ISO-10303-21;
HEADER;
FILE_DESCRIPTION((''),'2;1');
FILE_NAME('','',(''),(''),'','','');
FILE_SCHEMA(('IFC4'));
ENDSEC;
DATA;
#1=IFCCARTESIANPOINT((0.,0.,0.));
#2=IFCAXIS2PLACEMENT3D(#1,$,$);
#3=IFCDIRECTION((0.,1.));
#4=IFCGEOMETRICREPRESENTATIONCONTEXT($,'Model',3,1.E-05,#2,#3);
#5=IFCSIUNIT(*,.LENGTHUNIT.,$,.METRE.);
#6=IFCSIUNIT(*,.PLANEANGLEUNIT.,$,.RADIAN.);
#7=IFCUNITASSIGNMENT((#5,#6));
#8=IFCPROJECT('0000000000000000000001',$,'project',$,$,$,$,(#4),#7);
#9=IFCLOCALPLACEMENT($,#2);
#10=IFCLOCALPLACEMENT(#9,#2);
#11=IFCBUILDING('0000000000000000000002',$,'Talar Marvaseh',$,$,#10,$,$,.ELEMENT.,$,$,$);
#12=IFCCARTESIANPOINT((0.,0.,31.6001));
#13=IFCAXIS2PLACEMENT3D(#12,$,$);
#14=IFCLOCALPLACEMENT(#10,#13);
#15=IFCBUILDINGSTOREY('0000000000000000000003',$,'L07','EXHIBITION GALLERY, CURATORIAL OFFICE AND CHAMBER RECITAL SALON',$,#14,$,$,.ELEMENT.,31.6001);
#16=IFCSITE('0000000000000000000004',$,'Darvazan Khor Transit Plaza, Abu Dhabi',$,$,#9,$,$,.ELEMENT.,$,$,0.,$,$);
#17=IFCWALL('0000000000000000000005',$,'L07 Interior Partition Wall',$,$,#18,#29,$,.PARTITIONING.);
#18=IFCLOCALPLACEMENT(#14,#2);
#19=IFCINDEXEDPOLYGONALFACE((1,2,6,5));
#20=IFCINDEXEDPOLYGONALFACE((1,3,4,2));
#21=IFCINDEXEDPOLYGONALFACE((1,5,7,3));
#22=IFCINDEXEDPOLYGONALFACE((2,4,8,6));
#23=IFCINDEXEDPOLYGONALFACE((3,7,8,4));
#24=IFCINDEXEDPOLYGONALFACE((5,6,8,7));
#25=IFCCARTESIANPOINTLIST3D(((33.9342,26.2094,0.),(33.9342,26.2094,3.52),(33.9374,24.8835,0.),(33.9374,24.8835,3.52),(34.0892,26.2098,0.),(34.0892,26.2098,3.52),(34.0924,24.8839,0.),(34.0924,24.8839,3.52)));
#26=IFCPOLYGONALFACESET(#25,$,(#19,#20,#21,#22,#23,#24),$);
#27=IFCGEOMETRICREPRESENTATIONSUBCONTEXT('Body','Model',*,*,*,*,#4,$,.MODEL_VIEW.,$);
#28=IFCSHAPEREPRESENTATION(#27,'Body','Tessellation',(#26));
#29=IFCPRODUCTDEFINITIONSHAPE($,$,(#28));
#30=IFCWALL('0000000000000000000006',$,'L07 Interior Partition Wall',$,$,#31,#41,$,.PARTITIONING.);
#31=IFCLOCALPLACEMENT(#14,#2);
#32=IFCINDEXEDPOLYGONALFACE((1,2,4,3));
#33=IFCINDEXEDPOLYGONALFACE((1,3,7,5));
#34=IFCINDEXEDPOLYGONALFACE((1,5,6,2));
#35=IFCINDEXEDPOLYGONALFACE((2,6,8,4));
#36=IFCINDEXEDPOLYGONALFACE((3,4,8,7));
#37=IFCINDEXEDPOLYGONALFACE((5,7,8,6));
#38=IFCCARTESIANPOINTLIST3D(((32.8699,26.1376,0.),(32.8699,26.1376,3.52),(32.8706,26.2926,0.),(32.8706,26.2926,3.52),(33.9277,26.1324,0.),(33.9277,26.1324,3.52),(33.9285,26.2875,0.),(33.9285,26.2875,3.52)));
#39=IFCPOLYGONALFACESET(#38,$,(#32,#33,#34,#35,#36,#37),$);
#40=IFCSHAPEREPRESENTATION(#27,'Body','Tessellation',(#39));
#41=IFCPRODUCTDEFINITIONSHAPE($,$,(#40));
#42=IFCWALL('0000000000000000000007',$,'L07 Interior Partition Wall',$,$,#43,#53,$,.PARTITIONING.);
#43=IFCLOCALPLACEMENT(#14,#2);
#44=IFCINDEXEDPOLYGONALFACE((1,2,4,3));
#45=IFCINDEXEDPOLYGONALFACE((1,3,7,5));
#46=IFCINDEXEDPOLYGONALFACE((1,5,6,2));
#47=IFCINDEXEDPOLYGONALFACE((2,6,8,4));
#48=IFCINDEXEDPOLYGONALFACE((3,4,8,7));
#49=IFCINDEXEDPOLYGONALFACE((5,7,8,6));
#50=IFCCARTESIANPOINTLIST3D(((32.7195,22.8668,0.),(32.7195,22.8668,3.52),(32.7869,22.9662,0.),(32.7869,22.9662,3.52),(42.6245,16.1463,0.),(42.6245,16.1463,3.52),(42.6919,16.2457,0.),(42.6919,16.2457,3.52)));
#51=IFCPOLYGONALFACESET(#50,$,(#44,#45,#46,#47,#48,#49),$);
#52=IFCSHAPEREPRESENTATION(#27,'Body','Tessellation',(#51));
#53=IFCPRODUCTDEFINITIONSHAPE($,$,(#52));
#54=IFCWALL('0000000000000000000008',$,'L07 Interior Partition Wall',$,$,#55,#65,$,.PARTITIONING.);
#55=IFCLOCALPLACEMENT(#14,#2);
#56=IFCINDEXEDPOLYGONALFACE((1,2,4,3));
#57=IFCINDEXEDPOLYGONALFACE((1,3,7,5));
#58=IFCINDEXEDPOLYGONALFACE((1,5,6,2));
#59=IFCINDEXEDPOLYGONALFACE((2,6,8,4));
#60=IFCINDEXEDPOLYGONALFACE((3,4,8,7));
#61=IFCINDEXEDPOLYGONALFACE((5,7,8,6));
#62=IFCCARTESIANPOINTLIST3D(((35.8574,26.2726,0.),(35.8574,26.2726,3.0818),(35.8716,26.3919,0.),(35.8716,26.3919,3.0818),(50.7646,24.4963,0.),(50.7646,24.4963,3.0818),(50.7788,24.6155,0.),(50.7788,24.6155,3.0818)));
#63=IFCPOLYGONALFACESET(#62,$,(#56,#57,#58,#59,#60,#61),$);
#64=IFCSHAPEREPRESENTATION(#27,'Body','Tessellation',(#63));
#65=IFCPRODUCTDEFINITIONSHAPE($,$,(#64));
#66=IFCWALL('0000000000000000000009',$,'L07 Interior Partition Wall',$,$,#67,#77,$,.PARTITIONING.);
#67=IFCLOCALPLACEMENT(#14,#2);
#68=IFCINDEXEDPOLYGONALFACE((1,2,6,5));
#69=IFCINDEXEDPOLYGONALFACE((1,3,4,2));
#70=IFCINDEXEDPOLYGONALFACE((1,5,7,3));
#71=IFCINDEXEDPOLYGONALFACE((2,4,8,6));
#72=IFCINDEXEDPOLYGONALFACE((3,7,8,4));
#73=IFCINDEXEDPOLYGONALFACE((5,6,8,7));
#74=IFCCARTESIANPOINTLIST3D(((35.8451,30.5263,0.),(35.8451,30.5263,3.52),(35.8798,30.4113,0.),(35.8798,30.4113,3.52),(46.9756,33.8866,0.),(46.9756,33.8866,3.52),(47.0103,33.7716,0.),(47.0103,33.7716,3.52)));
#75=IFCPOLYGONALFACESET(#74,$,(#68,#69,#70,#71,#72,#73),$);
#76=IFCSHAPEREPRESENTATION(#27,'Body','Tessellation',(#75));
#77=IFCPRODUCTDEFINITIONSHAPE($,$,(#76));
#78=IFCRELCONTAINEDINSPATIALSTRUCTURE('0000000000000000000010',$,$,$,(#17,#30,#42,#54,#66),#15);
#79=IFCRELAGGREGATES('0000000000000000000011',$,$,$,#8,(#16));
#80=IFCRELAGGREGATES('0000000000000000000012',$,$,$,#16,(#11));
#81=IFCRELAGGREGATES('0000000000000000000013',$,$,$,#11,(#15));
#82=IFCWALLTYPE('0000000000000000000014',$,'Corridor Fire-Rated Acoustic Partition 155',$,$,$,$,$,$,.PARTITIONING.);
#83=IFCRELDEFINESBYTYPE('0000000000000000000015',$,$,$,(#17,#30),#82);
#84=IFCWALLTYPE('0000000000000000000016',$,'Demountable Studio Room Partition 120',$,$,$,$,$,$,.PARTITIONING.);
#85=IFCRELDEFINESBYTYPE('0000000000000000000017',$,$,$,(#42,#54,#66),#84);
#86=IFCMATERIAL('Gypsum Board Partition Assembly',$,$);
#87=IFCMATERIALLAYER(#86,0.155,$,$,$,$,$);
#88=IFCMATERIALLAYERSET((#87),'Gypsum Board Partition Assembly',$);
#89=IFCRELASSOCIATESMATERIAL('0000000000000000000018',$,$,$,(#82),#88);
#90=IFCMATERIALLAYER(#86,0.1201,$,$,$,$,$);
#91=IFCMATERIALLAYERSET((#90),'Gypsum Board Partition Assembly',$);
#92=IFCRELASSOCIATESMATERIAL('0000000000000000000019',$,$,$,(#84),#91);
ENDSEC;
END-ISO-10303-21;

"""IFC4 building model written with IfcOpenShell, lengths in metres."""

from ifc_helpers import new_model, si_unit, direction, frame, frame_2d, origin, place, context, subcontext, project, spatial, rectangle, extrude, material, layer, layer_set, type_object, element, save


model = new_model("IFC4")

# Units and contexts
model_context = context("Model", 3, precision=1e-05, world=origin(), true_north=direction((0.0, 1.0)))
body_context = subcontext(model_context, "Body", "Model", "MODEL_VIEW")
ifc_project = project(units=[si_unit("LENGTHUNIT", "METRE"), si_unit("PLANEANGLEUNIT", "RADIAN")], contexts=[model_context])

# Site, building, storey
site_placement = place(None, origin())
site = spatial("IfcSite", under=ifc_project, at=site_placement, Name="Darvazan Khor Transit Plaza, Abu Dhabi", CompositionType="ELEMENT", RefElevation=0.0)
building_placement = place(site_placement, origin())
building = spatial("IfcBuilding", under=site, at=building_placement, Name="Talar Marvaseh", CompositionType="ELEMENT")
storey_placement = place(building_placement, frame((0.0, 0.0, 31.6001)))
storey = spatial("IfcBuildingStorey", under=building, at=storey_placement, Name="L07", Description="EXHIBITION GALLERY, CURATORIAL OFFICE AND CHAMBER RECITAL SALON", CompositionType="ELEMENT", Elevation=31.6001)

# Shared definitions
ifc_material_1 = material(Name="Gypsum Board Partition Assembly")
ifc_layer_1 = layer(ifc_material_1, 0.155)
ifc_layer_set_1 = layer_set([ifc_layer_1], Name="Gypsum Board Partition Assembly")
wall_type_1 = type_object("IfcWallType", Name="Corridor Fire-Rated Acoustic Partition 155", PredefinedType="PARTITIONING", material=ifc_layer_set_1)

# Walls
wall_1_placement = place(storey_placement, frame((34.0149, 24.8835, 0.0), z_axis=(0.0, 0.0, 1.0), x_axis=(-0.002394, 0.999997, 0.0)))
element("IfcWall", 1, at=wall_1_placement, inside=storey, type_object=wall_type_1, Name="L07 Interior Partition Wall", PredefinedType="PARTITIONING", context=body_context, shape_type="SweptSolid", body=[
    extrude(rectangle(XDim=1.3259, YDim=0.155, at=frame_2d((0.6631, 0.0))), origin(), (0.0, 0.0, 1.0), 3.52),
])
wall_2_placement = place(storey_placement, frame((33.928, 26.21, 0.0), z_axis=(0.0, 0.0, 1.0), x_axis=(-0.999988, 0.004846, 0.0)))
element("IfcWall", 2, at=wall_2_placement, inside=storey, type_object=wall_type_1, Name="L07 Interior Partition Wall", PredefinedType="PARTITIONING", context=body_context, shape_type="SweptSolid", body=[
    extrude(rectangle(XDim=1.0579, YDim=0.155, at=frame_2d((0.5288, 0.0))), origin(), (0.0, 0.0, 1.0), 3.52),
])
ifc_layer_2 = layer(ifc_material_1, 0.1201)
ifc_layer_set_2 = layer_set([ifc_layer_2], Name="Gypsum Board Partition Assembly")
wall_type_2 = type_object("IfcWallType", Name="Demountable Studio Room Partition 120", PredefinedType="PARTITIONING", material=ifc_layer_set_2)
wall_3_placement = place(storey_placement, frame((32.7532, 22.9165, 0.0), z_axis=(0.0, 0.0, 1.0), x_axis=(0.827507, -0.561455, 0.0)))
element("IfcWall", 3, at=wall_3_placement, inside=storey, type_object=wall_type_2, Name="L07 Interior Partition Wall", PredefinedType="PARTITIONING", context=body_context, shape_type="SweptSolid", body=[
    extrude(rectangle(XDim=11.9697, YDim=0.1201, at=frame_2d((5.9849, 0.0))), origin(), (0.0, 0.0, 1.0), 3.52),
])
wall_4_placement = place(storey_placement, frame((35.8645, 26.3323, 0.0), z_axis=(0.0, 0.0, 1.0), x_axis=(0.992975, -0.118324, 0.0)))
element("IfcWall", 4, at=wall_4_placement, inside=storey, type_object=wall_type_2, Name="L07 Interior Partition Wall", PredefinedType="PARTITIONING", context=body_context, shape_type="SweptSolid", body=[
    extrude(rectangle(XDim=15.0127, YDim=0.1201, at=frame_2d((7.5063, 0.0))), origin(), (0.0, 0.0, 1.0), 3.0818),
])
wall_5_placement = place(storey_placement, frame((35.8623, 30.4688, 0.0), z_axis=(0.0, 0.0, 1.0), x_axis=(0.957324, 0.289018, 0.0)))
element("IfcWall", 5, at=wall_5_placement, inside=storey, type_object=wall_type_2, Name="L07 Interior Partition Wall", PredefinedType="PARTITIONING", context=body_context, shape_type="SweptSolid", body=[
    extrude(rectangle(XDim=11.6267, YDim=0.1201, at=frame_2d((5.8135, 0.0))), origin(), (0.0, 0.0, 1.0), 3.52),
])

save(model, "model.ifc")
